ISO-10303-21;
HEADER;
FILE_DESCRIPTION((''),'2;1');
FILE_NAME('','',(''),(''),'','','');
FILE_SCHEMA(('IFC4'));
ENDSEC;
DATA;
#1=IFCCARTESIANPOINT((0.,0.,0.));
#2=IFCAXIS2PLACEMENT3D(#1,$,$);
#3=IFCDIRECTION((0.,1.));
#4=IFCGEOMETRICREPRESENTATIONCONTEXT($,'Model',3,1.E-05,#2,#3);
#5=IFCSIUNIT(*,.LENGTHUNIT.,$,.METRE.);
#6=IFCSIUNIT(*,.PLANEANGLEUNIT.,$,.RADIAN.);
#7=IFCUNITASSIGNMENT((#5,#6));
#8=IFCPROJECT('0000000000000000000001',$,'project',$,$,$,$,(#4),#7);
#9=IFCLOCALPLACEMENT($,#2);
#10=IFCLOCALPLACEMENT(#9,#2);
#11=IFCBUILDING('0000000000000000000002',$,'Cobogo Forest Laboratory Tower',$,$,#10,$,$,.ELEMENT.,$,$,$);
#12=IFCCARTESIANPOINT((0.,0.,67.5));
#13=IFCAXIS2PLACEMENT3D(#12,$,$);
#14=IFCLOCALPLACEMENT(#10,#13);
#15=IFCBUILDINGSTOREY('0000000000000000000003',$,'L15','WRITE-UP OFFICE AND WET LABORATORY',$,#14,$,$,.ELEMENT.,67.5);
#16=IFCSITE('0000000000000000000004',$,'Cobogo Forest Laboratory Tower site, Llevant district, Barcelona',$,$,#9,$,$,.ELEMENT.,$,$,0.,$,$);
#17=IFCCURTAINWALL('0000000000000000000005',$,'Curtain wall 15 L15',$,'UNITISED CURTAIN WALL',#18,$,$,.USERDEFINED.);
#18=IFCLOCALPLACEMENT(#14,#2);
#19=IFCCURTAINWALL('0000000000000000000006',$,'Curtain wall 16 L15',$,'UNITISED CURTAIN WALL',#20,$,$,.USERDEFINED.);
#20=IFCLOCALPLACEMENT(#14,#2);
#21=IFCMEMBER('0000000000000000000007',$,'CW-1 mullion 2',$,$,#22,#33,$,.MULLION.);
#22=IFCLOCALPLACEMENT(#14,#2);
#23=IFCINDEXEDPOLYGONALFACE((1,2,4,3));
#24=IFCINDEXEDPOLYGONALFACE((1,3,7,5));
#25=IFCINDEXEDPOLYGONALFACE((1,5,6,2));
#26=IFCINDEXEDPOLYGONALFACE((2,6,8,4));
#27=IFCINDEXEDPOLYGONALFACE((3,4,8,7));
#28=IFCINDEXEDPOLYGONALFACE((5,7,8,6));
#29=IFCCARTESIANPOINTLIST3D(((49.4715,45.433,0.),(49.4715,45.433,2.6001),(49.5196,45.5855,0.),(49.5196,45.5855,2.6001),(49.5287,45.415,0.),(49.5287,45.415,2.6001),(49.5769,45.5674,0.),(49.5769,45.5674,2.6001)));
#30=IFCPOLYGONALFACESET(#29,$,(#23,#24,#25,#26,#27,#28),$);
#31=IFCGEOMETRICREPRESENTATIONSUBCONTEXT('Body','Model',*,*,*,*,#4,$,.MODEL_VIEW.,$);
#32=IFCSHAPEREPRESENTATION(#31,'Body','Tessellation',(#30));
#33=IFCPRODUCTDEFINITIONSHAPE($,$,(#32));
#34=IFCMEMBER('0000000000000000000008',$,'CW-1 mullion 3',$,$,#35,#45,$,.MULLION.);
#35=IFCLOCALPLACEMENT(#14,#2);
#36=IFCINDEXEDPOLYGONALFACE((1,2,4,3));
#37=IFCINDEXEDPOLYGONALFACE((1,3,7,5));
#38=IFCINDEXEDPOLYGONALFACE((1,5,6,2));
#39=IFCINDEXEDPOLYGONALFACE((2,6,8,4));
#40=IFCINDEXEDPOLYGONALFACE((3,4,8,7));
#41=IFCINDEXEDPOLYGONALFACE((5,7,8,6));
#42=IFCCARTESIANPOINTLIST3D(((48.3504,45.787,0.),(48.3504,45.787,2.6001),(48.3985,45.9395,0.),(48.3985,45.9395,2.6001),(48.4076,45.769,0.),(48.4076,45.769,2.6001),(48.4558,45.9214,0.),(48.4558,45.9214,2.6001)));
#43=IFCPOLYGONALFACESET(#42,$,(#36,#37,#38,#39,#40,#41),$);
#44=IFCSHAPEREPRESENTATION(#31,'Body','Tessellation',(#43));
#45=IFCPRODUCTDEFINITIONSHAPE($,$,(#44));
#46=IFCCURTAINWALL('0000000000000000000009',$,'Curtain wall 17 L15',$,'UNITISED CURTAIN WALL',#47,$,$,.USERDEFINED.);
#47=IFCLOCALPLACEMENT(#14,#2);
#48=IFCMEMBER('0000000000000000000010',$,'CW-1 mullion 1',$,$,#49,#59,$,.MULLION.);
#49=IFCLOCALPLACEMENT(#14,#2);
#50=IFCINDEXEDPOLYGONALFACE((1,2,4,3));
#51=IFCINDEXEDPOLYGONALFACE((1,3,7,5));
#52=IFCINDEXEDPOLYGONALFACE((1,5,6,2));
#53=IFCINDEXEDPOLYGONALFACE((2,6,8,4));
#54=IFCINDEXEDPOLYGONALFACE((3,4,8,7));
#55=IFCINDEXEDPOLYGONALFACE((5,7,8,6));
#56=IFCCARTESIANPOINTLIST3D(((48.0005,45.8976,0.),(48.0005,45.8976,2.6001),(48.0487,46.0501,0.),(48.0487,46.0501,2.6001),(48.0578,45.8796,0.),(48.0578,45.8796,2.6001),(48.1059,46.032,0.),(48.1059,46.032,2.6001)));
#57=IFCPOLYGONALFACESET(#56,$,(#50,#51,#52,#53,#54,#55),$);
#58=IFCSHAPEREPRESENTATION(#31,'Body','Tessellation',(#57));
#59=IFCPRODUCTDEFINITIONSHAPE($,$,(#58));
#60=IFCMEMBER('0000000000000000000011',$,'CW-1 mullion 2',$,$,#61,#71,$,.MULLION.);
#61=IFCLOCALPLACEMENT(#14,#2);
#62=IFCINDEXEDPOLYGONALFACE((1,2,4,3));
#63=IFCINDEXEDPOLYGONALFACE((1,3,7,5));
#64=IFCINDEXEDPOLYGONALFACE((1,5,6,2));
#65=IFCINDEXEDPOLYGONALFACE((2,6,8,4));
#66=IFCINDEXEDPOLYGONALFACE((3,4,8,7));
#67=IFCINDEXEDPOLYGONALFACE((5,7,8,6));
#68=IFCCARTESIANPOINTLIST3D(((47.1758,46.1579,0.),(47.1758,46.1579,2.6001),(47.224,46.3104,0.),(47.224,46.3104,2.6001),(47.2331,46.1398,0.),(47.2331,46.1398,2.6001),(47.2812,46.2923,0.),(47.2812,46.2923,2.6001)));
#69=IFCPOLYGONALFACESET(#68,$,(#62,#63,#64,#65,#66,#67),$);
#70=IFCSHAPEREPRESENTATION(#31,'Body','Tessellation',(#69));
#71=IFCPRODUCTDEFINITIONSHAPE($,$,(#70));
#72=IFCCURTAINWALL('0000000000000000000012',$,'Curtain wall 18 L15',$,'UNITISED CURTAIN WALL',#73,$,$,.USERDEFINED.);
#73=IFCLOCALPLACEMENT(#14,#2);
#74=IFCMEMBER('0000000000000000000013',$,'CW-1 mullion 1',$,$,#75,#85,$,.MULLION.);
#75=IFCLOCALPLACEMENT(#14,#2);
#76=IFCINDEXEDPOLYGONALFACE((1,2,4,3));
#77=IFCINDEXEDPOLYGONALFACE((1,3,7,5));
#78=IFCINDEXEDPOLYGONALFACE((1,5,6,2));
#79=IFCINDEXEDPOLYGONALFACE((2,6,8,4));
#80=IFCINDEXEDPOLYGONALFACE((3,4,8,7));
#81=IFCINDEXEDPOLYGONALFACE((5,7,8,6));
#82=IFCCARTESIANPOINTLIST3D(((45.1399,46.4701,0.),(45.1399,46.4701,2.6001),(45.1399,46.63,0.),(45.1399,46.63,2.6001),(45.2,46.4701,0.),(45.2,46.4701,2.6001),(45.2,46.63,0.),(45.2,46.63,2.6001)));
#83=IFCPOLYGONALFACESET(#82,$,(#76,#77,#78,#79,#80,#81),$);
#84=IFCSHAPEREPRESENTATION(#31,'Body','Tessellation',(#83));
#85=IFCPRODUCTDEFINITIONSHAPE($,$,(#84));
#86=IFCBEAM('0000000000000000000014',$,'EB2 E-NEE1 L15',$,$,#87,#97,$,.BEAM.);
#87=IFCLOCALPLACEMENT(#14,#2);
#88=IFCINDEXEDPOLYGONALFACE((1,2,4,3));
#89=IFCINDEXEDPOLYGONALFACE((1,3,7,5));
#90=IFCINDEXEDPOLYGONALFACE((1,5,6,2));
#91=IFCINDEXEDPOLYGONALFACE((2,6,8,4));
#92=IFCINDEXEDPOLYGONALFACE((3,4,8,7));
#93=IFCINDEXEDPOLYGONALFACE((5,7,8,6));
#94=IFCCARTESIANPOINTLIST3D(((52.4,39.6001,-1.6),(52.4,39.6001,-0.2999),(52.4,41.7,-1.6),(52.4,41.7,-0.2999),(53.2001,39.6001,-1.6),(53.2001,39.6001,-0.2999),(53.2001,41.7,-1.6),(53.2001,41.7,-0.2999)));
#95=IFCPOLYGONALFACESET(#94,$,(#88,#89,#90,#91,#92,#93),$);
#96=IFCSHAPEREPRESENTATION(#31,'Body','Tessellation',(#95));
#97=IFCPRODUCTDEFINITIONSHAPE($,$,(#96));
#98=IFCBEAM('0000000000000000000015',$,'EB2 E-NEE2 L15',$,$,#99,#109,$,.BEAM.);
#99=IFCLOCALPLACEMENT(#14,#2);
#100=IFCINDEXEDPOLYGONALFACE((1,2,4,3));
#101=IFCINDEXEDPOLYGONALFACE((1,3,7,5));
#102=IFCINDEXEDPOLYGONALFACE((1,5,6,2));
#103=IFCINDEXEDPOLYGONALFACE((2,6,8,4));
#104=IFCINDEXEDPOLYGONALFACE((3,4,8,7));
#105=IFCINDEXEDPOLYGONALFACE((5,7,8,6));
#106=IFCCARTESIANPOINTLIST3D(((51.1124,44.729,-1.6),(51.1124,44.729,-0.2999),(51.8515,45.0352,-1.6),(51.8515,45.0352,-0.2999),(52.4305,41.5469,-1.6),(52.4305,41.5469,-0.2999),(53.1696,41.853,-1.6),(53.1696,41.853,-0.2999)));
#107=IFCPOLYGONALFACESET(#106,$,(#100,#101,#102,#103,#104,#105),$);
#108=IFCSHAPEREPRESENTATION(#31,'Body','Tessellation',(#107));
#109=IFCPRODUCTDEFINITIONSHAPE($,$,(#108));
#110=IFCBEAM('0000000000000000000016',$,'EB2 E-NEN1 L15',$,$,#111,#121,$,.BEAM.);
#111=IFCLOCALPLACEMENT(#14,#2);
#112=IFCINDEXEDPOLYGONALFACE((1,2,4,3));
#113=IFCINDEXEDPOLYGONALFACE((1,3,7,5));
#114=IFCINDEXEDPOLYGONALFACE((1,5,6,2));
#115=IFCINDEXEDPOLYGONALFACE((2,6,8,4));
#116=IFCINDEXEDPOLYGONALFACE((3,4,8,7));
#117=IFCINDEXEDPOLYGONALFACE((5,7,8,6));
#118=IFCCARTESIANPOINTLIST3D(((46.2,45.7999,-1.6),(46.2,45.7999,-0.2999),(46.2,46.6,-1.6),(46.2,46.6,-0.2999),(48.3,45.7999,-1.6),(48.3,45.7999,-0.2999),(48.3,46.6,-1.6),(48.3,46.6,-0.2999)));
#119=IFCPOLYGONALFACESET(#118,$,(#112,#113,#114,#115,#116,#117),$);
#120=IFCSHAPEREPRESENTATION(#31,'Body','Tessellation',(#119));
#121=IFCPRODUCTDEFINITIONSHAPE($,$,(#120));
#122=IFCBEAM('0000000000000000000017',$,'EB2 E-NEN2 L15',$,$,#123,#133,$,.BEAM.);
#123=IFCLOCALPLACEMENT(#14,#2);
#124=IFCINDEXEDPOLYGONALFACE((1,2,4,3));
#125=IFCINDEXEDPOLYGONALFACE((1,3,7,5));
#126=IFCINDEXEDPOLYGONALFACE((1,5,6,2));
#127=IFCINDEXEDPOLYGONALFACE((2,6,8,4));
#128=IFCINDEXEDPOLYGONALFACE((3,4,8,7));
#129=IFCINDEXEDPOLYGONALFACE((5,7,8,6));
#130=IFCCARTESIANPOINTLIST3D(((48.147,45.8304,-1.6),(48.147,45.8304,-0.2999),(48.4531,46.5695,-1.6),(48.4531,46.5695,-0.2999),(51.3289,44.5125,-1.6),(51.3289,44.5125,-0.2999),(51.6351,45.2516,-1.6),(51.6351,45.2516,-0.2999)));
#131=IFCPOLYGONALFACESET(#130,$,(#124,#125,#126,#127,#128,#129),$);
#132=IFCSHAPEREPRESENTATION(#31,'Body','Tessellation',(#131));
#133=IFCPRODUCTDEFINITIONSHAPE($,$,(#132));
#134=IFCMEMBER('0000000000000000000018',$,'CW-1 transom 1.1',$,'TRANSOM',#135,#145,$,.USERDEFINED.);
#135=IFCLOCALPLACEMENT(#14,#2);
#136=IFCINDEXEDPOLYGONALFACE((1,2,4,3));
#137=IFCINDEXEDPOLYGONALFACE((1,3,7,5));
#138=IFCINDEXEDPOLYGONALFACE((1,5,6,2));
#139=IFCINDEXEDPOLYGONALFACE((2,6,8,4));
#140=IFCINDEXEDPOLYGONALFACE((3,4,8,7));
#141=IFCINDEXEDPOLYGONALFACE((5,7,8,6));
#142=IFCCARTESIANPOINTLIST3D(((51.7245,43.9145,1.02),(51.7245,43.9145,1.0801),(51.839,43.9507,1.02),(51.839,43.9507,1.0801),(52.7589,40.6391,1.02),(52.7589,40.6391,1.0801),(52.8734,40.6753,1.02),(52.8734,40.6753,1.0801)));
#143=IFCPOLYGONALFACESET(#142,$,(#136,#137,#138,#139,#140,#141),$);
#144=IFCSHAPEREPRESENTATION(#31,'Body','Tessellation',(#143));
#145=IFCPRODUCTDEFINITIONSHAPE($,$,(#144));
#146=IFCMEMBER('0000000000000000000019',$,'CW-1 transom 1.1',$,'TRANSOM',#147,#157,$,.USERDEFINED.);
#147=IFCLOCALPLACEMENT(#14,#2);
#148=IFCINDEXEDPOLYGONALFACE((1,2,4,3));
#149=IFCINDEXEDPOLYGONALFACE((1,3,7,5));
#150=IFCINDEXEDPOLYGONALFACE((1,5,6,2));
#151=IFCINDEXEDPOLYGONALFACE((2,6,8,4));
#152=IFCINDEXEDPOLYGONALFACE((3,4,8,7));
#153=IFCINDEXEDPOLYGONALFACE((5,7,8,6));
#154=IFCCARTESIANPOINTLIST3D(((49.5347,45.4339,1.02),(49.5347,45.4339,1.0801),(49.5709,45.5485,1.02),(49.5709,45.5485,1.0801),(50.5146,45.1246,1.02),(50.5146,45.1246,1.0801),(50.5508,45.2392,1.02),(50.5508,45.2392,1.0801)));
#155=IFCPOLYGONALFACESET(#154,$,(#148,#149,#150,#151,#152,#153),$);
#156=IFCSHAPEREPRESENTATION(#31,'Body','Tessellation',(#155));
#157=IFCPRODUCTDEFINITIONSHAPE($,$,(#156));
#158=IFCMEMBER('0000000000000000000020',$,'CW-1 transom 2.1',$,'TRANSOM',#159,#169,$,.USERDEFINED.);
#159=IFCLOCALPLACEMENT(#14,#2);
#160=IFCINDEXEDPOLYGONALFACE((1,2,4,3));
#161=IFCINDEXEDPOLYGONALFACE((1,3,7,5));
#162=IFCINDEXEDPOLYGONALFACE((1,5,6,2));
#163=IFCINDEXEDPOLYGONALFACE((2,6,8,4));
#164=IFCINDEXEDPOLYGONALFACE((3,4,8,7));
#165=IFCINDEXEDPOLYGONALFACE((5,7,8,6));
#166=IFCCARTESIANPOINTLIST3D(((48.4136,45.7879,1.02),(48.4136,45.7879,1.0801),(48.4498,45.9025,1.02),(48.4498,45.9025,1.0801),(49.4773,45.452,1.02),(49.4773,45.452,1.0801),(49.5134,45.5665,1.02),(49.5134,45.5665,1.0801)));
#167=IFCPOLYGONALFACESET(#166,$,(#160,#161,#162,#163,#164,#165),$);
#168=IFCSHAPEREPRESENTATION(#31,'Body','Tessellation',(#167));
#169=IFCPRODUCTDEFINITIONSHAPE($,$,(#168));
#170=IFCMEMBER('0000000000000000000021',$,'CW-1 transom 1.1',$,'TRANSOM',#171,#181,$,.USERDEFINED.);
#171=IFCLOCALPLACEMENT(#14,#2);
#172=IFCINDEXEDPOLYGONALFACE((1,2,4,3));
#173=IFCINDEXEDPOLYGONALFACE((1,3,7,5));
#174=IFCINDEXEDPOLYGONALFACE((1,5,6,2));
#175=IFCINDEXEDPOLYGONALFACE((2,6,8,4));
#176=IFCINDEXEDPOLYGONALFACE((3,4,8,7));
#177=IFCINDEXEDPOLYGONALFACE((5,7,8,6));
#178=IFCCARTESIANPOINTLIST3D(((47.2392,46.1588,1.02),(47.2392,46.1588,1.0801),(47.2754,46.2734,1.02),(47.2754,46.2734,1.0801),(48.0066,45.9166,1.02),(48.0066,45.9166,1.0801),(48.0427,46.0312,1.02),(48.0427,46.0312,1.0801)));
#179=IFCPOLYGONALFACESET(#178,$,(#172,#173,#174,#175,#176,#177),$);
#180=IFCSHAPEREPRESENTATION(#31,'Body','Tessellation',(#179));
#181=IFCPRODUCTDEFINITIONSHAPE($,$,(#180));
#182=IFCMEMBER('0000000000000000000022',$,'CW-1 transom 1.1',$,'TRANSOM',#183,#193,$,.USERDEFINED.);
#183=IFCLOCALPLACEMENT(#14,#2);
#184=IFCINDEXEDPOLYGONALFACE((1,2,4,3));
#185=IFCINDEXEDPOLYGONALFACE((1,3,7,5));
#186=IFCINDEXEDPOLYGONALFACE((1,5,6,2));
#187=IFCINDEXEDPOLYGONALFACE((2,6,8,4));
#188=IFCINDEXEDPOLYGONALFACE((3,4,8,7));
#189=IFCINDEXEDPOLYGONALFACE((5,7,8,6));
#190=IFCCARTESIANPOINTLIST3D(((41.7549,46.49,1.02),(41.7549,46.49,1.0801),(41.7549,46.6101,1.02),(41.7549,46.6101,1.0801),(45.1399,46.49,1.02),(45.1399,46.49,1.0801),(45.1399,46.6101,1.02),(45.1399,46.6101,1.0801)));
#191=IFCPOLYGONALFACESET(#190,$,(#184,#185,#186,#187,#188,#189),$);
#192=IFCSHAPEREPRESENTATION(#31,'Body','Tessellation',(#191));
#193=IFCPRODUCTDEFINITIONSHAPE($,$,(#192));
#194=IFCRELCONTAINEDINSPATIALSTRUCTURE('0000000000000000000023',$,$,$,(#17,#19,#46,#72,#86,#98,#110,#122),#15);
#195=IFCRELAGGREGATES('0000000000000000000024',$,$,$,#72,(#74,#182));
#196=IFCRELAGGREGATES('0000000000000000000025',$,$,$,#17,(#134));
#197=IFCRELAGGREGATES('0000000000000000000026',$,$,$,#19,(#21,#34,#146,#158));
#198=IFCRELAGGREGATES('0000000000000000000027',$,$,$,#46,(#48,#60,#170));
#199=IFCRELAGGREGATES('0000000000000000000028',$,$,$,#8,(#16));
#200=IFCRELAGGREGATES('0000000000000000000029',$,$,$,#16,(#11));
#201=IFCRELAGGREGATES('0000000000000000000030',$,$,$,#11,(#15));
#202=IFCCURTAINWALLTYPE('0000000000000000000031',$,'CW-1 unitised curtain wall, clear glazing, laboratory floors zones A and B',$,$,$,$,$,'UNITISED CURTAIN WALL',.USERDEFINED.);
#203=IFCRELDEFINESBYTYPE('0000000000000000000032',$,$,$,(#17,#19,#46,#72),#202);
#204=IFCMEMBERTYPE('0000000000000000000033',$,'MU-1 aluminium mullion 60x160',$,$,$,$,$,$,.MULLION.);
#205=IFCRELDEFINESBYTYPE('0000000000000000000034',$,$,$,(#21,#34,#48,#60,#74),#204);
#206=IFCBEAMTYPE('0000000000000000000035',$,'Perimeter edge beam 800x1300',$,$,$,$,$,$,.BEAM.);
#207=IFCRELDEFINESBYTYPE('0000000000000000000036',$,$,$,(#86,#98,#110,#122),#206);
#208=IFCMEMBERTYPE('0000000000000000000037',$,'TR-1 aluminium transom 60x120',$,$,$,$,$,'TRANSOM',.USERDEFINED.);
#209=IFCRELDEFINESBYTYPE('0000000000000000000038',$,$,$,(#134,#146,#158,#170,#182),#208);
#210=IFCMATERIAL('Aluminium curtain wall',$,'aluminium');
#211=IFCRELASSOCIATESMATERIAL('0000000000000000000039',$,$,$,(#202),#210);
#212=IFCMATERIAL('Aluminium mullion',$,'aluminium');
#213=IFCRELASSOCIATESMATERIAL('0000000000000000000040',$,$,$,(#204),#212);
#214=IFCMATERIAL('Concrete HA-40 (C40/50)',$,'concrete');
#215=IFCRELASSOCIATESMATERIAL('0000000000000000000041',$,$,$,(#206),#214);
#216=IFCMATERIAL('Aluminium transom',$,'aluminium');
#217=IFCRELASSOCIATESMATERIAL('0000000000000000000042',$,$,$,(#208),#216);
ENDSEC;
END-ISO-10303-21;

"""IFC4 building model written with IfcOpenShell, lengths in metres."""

from ifc_helpers import new_model, si_unit, direction, frame, origin, origin_2d, place, context, subcontext, project, spatial, rectangle, extrude, material, material_profile, profile_set, type_object, element, aggregate, save


model = new_model("IFC4")

# Units and contexts
model_context = context("Model", 3, precision=1e-05, world=origin(), true_north=direction((0.0, 1.0)))
body_context = subcontext(model_context, "Body", "Model", "MODEL_VIEW")
ifc_project = project(units=[si_unit("LENGTHUNIT", "METRE"), si_unit("PLANEANGLEUNIT", "RADIAN")], contexts=[model_context])

# Site, building, storey
site_placement = place(None, origin())
site = spatial("IfcSite", under=ifc_project, at=site_placement, Name="Cobogo Forest Laboratory Tower site, Llevant district, Barcelona", CompositionType="ELEMENT", RefElevation=0.0)
building_placement = place(site_placement, origin())
building = spatial("IfcBuilding", under=site, at=building_placement, Name="Cobogo Forest Laboratory Tower", CompositionType="ELEMENT")
storey_placement = place(building_placement, frame((0.0, 0.0, 67.5)))
storey = spatial("IfcBuildingStorey", under=building, at=storey_placement, Name="L15", Description="WRITE-UP OFFICE AND WET LABORATORY", CompositionType="ELEMENT", Elevation=67.5)

# Curtain walls, members
ifc_material_1 = material(Name="Aluminium curtain wall", Category="aluminium")
curtain_wall_type = type_object("IfcCurtainWallType", Name="CW-1 unitised curtain wall, clear glazing, laboratory floors zones A and B", ElementType="UNITISED CURTAIN WALL", PredefinedType="USERDEFINED", material=ifc_material_1)
curtain_wall_1_placement = place(storey_placement, origin())
curtain_wall_1 = element("IfcCurtainWall", 1, at=curtain_wall_1_placement, inside=storey, type_object=curtain_wall_type, Name="Curtain wall 15 L15", ObjectType="UNITISED CURTAIN WALL", PredefinedType="USERDEFINED")
ifc_material_2 = material(Name="Aluminium mullion", Category="aluminium")
ifc_material_profile_1 = material_profile(ifc_material_2, rectangle(XDim=0.0601, YDim=0.1599, at=origin_2d()), Name="AL 60x160")
ifc_profile_set_1 = profile_set([ifc_material_profile_1], Name="Aluminium mullion")
member_type_1 = type_object("IfcMemberType", Name="MU-1 aluminium mullion 60x160", PredefinedType="MULLION", material=ifc_profile_set_1)
curtain_wall_2_placement = place(storey_placement, origin())
curtain_wall_2 = element("IfcCurtainWall", 2, at=curtain_wall_2_placement, inside=storey, type_object=curtain_wall_type, Name="Curtain wall 16 L15", ObjectType="UNITISED CURTAIN WALL", PredefinedType="USERDEFINED")
member_1_placement = place(storey_placement, frame((49.5242, 45.5002, 0.0), z_axis=(0.0, 0.0, 1.0), x_axis=(-0.953581, 0.301135, 0.0)))
member_1 = element("IfcMember", 3, at=member_1_placement, type_object=member_type_1, Name="CW-1 mullion 2", PredefinedType="MULLION", context=body_context, shape_type="SweptSolid", body=[
    extrude(rectangle(XDim=0.0601, YDim=0.1599, at=origin_2d()), origin(), (0.0, 0.0, 1.0), 2.6001),
])
member_2_placement = place(storey_placement, frame((48.4031, 45.8542, 0.0), z_axis=(0.0, 0.0, 1.0), x_axis=(-0.953581, 0.301135, 0.0)))
member_2 = element("IfcMember", 4, at=member_2_placement, type_object=member_type_1, Name="CW-1 mullion 3", PredefinedType="MULLION", context=body_context, shape_type="SweptSolid", body=[
    extrude(rectangle(XDim=0.0601, YDim=0.1599, at=origin_2d()), origin(), (0.0, 0.0, 1.0), 2.6001),
])
curtain_wall_3_placement = place(storey_placement, origin())
curtain_wall_3 = element("IfcCurtainWall", 5, at=curtain_wall_3_placement, inside=storey, type_object=curtain_wall_type, Name="Curtain wall 17 L15", ObjectType="UNITISED CURTAIN WALL", PredefinedType="USERDEFINED")
member_3_placement = place(storey_placement, frame((48.0532, 45.9648, 0.0), z_axis=(0.0, 0.0, 1.0), x_axis=(-0.953581, 0.301135, 0.0)))
member_3 = element("IfcMember", 6, at=member_3_placement, type_object=member_type_1, Name="CW-1 mullion 1", PredefinedType="MULLION", context=body_context, shape_type="SweptSolid", body=[
    extrude(rectangle(XDim=0.0601, YDim=0.1599, at=origin_2d()), origin(), (0.0, 0.0, 1.0), 2.6001),
])
member_4_placement = place(storey_placement, frame((47.2285, 46.2251, 0.0), z_axis=(0.0, 0.0, 1.0), x_axis=(-0.953581, 0.301135, 0.0)))
member_4 = element("IfcMember", 7, at=member_4_placement, type_object=member_type_1, Name="CW-1 mullion 2", PredefinedType="MULLION", context=body_context, shape_type="SweptSolid", body=[
    extrude(rectangle(XDim=0.0601, YDim=0.1599, at=origin_2d()), origin(), (0.0, 0.0, 1.0), 2.6001),
])

# Curtain wall, member
curtain_wall_4_placement = place(storey_placement, origin())
curtain_wall_4 = element("IfcCurtainWall", 8, at=curtain_wall_4_placement, inside=storey, type_object=curtain_wall_type, Name="Curtain wall 18 L15", ObjectType="UNITISED CURTAIN WALL", PredefinedType="USERDEFINED")
member_5_placement = place(storey_placement, frame((45.1699, 46.55, 0.0), z_axis=(0.0, 0.0, 1.0), x_axis=(-1.0, 0.0, 0.0)))
member_5 = element("IfcMember", 9, at=member_5_placement, type_object=member_type_1, Name="CW-1 mullion 1", PredefinedType="MULLION", context=body_context, shape_type="SweptSolid", body=[
    extrude(rectangle(XDim=0.0601, YDim=0.1599, at=origin_2d()), origin(), (0.0, 0.0, 1.0), 2.6001),
])

# Beams
ifc_material_3 = material(Name="Concrete HA-40 (C40/50)", Category="concrete")
ifc_material_profile_2 = material_profile(ifc_material_3, rectangle(XDim=0.8, YDim=1.3, at=origin_2d()), Name="RC 800x1300")
ifc_profile_set_2 = profile_set([ifc_material_profile_2], Name="Concrete HA-40 (C40/50)")
beam_type_1 = type_object("IfcBeamType", Name="Perimeter edge beam 800x1300", PredefinedType="BEAM", material=ifc_profile_set_2)
beam_1_placement = place(storey_placement, frame((52.8, 39.6001, -0.95), z_axis=(0.0, 1.0, 0.0), x_axis=(-1.0, 0.0, 0.0)))
element("IfcBeam", 10, at=beam_1_placement, inside=storey, type_object=beam_type_1, Name="EB2 E-NEE1 L15", PredefinedType="BEAM", context=body_context, shape_type="SweptSolid", body=[
    extrude(rectangle(XDim=0.8, YDim=1.3, at=origin_2d()), origin(), (0.0, 0.0, 1.0), 2.0999),
])
beam_2_placement = place(storey_placement, frame((52.8, 41.7, -0.95), z_axis=(-0.382692, 0.923876, 0.0), x_axis=(-0.923876, -0.382692, 0.0)))
element("IfcBeam", 11, at=beam_2_placement, inside=storey, type_object=beam_type_1, Name="EB2 E-NEE2 L15", PredefinedType="BEAM", context=body_context, shape_type="SweptSolid", body=[
    extrude(rectangle(XDim=0.8, YDim=1.3, at=origin_2d()), origin(), (0.0, 0.0, 1.0), 3.4443),
])
beam_3_placement = place(storey_placement, frame((46.2, 46.2, -0.95), z_axis=(1.0, 0.0, 0.0), x_axis=(0.0, 1.0, 0.0)))
element("IfcBeam", 12, at=beam_3_placement, inside=storey, type_object=beam_type_1, Name="EB2 E-NEN1 L15", PredefinedType="BEAM", context=body_context, shape_type="SweptSolid", body=[
    extrude(rectangle(XDim=0.8, YDim=1.3, at=origin_2d()), origin(), (0.0, 0.0, 1.0), 2.1001),
])
beam_4_placement = place(storey_placement, frame((48.3, 46.2, -0.95), z_axis=(0.923891, -0.382656, 0.0), x_axis=(0.382656, 0.923891, 0.0)))
element("IfcBeam", 13, at=beam_4_placement, inside=storey, type_object=beam_type_1, Name="EB2 E-NEN2 L15", PredefinedType="BEAM", context=body_context, shape_type="SweptSolid", body=[
    extrude(rectangle(XDim=0.8, YDim=1.3, at=origin_2d()), origin(), (0.0, 0.0, 1.0), 3.4441),
])

# Members
ifc_material_4 = material(Name="Aluminium transom", Category="aluminium")
ifc_material_profile_3 = material_profile(ifc_material_4, rectangle(XDim=0.1201, YDim=0.0601, at=origin_2d()), Name="AL 60x120")
ifc_profile_set_3 = profile_set([ifc_material_profile_3], Name="Aluminium transom")
member_type_2 = type_object("IfcMemberType", Name="TR-1 aluminium transom 60x120", ElementType="TRANSOM", PredefinedType="USERDEFINED", material=ifc_profile_set_3)
member_6_placement = place(storey_placement, frame((52.8162, 40.6572, 1.05), z_axis=(-0.301155, 0.953575, 0.0), x_axis=(-0.953575, -0.301155, 0.0)))
member_6 = element("IfcMember", 14, at=member_6_placement, type_object=member_type_2, Name="CW-1 transom 1.1", ObjectType="TRANSOM", PredefinedType="USERDEFINED", context=body_context, shape_type="SweptSolid", body=[
    extrude(rectangle(XDim=0.1201, YDim=0.0601, at=origin_2d()), origin(), (0.0, 0.0, 1.0), 3.4348),
])
member_7_placement = place(storey_placement, frame((50.5327, 45.1819, 1.05), z_axis=(-0.953622, 0.301006, 0.0), x_axis=(-0.301006, -0.953622, 0.0)))
member_7 = element("IfcMember", 15, at=member_7_placement, type_object=member_type_2, Name="CW-1 transom 1.1", ObjectType="TRANSOM", PredefinedType="USERDEFINED", context=body_context, shape_type="SweptSolid", body=[
    extrude(rectangle(XDim=0.1201, YDim=0.0601, at=origin_2d()), origin(), (0.0, 0.0, 1.0), 1.0276),
])
member_8_placement = place(storey_placement, frame((49.4954, 45.5093, 1.05), z_axis=(-0.953576, 0.301152, 0.0), x_axis=(-0.301152, -0.953576, 0.0)))
member_8 = element("IfcMember", 16, at=member_8_placement, type_object=member_type_2, Name="CW-1 transom 2.1", ObjectType="TRANSOM", PredefinedType="USERDEFINED", context=body_context, shape_type="SweptSolid", body=[
    extrude(rectangle(XDim=0.1201, YDim=0.0601, at=origin_2d()), origin(), (0.0, 0.0, 1.0), 1.1155),
])
member_9_placement = place(storey_placement, frame((48.0247, 45.9739, 1.05), z_axis=(-0.953629, 0.300986, 0.0), x_axis=(-0.300986, -0.953629, 0.0)))
member_9 = element("IfcMember", 17, at=member_9_placement, type_object=member_type_2, Name="CW-1 transom 1.1", ObjectType="TRANSOM", PredefinedType="USERDEFINED", context=body_context, shape_type="SweptSolid", body=[
    extrude(rectangle(XDim=0.1201, YDim=0.0601, at=origin_2d()), origin(), (0.0, 0.0, 1.0), 0.8047),
])
member_10_placement = place(storey_placement, frame((45.1399, 46.55, 1.05), z_axis=(-1.0, 0.0, 0.0), x_axis=(0.0, -1.0, 0.0)))
member_10 = element("IfcMember", 18, at=member_10_placement, type_object=member_type_2, Name="CW-1 transom 1.1", ObjectType="TRANSOM", PredefinedType="USERDEFINED", context=body_context, shape_type="SweptSolid", body=[
    extrude(rectangle(XDim=0.1201, YDim=0.0601, at=origin_2d()), origin(), (0.0, 0.0, 1.0), 3.385),
])
aggregate(curtain_wall_4, [member_5, member_10])

aggregate(curtain_wall_1, [member_6])
aggregate(curtain_wall_2, [member_1, member_2, member_7, member_8])
aggregate(curtain_wall_3, [member_3, member_4, member_9])

save(model, "model.ifc")
